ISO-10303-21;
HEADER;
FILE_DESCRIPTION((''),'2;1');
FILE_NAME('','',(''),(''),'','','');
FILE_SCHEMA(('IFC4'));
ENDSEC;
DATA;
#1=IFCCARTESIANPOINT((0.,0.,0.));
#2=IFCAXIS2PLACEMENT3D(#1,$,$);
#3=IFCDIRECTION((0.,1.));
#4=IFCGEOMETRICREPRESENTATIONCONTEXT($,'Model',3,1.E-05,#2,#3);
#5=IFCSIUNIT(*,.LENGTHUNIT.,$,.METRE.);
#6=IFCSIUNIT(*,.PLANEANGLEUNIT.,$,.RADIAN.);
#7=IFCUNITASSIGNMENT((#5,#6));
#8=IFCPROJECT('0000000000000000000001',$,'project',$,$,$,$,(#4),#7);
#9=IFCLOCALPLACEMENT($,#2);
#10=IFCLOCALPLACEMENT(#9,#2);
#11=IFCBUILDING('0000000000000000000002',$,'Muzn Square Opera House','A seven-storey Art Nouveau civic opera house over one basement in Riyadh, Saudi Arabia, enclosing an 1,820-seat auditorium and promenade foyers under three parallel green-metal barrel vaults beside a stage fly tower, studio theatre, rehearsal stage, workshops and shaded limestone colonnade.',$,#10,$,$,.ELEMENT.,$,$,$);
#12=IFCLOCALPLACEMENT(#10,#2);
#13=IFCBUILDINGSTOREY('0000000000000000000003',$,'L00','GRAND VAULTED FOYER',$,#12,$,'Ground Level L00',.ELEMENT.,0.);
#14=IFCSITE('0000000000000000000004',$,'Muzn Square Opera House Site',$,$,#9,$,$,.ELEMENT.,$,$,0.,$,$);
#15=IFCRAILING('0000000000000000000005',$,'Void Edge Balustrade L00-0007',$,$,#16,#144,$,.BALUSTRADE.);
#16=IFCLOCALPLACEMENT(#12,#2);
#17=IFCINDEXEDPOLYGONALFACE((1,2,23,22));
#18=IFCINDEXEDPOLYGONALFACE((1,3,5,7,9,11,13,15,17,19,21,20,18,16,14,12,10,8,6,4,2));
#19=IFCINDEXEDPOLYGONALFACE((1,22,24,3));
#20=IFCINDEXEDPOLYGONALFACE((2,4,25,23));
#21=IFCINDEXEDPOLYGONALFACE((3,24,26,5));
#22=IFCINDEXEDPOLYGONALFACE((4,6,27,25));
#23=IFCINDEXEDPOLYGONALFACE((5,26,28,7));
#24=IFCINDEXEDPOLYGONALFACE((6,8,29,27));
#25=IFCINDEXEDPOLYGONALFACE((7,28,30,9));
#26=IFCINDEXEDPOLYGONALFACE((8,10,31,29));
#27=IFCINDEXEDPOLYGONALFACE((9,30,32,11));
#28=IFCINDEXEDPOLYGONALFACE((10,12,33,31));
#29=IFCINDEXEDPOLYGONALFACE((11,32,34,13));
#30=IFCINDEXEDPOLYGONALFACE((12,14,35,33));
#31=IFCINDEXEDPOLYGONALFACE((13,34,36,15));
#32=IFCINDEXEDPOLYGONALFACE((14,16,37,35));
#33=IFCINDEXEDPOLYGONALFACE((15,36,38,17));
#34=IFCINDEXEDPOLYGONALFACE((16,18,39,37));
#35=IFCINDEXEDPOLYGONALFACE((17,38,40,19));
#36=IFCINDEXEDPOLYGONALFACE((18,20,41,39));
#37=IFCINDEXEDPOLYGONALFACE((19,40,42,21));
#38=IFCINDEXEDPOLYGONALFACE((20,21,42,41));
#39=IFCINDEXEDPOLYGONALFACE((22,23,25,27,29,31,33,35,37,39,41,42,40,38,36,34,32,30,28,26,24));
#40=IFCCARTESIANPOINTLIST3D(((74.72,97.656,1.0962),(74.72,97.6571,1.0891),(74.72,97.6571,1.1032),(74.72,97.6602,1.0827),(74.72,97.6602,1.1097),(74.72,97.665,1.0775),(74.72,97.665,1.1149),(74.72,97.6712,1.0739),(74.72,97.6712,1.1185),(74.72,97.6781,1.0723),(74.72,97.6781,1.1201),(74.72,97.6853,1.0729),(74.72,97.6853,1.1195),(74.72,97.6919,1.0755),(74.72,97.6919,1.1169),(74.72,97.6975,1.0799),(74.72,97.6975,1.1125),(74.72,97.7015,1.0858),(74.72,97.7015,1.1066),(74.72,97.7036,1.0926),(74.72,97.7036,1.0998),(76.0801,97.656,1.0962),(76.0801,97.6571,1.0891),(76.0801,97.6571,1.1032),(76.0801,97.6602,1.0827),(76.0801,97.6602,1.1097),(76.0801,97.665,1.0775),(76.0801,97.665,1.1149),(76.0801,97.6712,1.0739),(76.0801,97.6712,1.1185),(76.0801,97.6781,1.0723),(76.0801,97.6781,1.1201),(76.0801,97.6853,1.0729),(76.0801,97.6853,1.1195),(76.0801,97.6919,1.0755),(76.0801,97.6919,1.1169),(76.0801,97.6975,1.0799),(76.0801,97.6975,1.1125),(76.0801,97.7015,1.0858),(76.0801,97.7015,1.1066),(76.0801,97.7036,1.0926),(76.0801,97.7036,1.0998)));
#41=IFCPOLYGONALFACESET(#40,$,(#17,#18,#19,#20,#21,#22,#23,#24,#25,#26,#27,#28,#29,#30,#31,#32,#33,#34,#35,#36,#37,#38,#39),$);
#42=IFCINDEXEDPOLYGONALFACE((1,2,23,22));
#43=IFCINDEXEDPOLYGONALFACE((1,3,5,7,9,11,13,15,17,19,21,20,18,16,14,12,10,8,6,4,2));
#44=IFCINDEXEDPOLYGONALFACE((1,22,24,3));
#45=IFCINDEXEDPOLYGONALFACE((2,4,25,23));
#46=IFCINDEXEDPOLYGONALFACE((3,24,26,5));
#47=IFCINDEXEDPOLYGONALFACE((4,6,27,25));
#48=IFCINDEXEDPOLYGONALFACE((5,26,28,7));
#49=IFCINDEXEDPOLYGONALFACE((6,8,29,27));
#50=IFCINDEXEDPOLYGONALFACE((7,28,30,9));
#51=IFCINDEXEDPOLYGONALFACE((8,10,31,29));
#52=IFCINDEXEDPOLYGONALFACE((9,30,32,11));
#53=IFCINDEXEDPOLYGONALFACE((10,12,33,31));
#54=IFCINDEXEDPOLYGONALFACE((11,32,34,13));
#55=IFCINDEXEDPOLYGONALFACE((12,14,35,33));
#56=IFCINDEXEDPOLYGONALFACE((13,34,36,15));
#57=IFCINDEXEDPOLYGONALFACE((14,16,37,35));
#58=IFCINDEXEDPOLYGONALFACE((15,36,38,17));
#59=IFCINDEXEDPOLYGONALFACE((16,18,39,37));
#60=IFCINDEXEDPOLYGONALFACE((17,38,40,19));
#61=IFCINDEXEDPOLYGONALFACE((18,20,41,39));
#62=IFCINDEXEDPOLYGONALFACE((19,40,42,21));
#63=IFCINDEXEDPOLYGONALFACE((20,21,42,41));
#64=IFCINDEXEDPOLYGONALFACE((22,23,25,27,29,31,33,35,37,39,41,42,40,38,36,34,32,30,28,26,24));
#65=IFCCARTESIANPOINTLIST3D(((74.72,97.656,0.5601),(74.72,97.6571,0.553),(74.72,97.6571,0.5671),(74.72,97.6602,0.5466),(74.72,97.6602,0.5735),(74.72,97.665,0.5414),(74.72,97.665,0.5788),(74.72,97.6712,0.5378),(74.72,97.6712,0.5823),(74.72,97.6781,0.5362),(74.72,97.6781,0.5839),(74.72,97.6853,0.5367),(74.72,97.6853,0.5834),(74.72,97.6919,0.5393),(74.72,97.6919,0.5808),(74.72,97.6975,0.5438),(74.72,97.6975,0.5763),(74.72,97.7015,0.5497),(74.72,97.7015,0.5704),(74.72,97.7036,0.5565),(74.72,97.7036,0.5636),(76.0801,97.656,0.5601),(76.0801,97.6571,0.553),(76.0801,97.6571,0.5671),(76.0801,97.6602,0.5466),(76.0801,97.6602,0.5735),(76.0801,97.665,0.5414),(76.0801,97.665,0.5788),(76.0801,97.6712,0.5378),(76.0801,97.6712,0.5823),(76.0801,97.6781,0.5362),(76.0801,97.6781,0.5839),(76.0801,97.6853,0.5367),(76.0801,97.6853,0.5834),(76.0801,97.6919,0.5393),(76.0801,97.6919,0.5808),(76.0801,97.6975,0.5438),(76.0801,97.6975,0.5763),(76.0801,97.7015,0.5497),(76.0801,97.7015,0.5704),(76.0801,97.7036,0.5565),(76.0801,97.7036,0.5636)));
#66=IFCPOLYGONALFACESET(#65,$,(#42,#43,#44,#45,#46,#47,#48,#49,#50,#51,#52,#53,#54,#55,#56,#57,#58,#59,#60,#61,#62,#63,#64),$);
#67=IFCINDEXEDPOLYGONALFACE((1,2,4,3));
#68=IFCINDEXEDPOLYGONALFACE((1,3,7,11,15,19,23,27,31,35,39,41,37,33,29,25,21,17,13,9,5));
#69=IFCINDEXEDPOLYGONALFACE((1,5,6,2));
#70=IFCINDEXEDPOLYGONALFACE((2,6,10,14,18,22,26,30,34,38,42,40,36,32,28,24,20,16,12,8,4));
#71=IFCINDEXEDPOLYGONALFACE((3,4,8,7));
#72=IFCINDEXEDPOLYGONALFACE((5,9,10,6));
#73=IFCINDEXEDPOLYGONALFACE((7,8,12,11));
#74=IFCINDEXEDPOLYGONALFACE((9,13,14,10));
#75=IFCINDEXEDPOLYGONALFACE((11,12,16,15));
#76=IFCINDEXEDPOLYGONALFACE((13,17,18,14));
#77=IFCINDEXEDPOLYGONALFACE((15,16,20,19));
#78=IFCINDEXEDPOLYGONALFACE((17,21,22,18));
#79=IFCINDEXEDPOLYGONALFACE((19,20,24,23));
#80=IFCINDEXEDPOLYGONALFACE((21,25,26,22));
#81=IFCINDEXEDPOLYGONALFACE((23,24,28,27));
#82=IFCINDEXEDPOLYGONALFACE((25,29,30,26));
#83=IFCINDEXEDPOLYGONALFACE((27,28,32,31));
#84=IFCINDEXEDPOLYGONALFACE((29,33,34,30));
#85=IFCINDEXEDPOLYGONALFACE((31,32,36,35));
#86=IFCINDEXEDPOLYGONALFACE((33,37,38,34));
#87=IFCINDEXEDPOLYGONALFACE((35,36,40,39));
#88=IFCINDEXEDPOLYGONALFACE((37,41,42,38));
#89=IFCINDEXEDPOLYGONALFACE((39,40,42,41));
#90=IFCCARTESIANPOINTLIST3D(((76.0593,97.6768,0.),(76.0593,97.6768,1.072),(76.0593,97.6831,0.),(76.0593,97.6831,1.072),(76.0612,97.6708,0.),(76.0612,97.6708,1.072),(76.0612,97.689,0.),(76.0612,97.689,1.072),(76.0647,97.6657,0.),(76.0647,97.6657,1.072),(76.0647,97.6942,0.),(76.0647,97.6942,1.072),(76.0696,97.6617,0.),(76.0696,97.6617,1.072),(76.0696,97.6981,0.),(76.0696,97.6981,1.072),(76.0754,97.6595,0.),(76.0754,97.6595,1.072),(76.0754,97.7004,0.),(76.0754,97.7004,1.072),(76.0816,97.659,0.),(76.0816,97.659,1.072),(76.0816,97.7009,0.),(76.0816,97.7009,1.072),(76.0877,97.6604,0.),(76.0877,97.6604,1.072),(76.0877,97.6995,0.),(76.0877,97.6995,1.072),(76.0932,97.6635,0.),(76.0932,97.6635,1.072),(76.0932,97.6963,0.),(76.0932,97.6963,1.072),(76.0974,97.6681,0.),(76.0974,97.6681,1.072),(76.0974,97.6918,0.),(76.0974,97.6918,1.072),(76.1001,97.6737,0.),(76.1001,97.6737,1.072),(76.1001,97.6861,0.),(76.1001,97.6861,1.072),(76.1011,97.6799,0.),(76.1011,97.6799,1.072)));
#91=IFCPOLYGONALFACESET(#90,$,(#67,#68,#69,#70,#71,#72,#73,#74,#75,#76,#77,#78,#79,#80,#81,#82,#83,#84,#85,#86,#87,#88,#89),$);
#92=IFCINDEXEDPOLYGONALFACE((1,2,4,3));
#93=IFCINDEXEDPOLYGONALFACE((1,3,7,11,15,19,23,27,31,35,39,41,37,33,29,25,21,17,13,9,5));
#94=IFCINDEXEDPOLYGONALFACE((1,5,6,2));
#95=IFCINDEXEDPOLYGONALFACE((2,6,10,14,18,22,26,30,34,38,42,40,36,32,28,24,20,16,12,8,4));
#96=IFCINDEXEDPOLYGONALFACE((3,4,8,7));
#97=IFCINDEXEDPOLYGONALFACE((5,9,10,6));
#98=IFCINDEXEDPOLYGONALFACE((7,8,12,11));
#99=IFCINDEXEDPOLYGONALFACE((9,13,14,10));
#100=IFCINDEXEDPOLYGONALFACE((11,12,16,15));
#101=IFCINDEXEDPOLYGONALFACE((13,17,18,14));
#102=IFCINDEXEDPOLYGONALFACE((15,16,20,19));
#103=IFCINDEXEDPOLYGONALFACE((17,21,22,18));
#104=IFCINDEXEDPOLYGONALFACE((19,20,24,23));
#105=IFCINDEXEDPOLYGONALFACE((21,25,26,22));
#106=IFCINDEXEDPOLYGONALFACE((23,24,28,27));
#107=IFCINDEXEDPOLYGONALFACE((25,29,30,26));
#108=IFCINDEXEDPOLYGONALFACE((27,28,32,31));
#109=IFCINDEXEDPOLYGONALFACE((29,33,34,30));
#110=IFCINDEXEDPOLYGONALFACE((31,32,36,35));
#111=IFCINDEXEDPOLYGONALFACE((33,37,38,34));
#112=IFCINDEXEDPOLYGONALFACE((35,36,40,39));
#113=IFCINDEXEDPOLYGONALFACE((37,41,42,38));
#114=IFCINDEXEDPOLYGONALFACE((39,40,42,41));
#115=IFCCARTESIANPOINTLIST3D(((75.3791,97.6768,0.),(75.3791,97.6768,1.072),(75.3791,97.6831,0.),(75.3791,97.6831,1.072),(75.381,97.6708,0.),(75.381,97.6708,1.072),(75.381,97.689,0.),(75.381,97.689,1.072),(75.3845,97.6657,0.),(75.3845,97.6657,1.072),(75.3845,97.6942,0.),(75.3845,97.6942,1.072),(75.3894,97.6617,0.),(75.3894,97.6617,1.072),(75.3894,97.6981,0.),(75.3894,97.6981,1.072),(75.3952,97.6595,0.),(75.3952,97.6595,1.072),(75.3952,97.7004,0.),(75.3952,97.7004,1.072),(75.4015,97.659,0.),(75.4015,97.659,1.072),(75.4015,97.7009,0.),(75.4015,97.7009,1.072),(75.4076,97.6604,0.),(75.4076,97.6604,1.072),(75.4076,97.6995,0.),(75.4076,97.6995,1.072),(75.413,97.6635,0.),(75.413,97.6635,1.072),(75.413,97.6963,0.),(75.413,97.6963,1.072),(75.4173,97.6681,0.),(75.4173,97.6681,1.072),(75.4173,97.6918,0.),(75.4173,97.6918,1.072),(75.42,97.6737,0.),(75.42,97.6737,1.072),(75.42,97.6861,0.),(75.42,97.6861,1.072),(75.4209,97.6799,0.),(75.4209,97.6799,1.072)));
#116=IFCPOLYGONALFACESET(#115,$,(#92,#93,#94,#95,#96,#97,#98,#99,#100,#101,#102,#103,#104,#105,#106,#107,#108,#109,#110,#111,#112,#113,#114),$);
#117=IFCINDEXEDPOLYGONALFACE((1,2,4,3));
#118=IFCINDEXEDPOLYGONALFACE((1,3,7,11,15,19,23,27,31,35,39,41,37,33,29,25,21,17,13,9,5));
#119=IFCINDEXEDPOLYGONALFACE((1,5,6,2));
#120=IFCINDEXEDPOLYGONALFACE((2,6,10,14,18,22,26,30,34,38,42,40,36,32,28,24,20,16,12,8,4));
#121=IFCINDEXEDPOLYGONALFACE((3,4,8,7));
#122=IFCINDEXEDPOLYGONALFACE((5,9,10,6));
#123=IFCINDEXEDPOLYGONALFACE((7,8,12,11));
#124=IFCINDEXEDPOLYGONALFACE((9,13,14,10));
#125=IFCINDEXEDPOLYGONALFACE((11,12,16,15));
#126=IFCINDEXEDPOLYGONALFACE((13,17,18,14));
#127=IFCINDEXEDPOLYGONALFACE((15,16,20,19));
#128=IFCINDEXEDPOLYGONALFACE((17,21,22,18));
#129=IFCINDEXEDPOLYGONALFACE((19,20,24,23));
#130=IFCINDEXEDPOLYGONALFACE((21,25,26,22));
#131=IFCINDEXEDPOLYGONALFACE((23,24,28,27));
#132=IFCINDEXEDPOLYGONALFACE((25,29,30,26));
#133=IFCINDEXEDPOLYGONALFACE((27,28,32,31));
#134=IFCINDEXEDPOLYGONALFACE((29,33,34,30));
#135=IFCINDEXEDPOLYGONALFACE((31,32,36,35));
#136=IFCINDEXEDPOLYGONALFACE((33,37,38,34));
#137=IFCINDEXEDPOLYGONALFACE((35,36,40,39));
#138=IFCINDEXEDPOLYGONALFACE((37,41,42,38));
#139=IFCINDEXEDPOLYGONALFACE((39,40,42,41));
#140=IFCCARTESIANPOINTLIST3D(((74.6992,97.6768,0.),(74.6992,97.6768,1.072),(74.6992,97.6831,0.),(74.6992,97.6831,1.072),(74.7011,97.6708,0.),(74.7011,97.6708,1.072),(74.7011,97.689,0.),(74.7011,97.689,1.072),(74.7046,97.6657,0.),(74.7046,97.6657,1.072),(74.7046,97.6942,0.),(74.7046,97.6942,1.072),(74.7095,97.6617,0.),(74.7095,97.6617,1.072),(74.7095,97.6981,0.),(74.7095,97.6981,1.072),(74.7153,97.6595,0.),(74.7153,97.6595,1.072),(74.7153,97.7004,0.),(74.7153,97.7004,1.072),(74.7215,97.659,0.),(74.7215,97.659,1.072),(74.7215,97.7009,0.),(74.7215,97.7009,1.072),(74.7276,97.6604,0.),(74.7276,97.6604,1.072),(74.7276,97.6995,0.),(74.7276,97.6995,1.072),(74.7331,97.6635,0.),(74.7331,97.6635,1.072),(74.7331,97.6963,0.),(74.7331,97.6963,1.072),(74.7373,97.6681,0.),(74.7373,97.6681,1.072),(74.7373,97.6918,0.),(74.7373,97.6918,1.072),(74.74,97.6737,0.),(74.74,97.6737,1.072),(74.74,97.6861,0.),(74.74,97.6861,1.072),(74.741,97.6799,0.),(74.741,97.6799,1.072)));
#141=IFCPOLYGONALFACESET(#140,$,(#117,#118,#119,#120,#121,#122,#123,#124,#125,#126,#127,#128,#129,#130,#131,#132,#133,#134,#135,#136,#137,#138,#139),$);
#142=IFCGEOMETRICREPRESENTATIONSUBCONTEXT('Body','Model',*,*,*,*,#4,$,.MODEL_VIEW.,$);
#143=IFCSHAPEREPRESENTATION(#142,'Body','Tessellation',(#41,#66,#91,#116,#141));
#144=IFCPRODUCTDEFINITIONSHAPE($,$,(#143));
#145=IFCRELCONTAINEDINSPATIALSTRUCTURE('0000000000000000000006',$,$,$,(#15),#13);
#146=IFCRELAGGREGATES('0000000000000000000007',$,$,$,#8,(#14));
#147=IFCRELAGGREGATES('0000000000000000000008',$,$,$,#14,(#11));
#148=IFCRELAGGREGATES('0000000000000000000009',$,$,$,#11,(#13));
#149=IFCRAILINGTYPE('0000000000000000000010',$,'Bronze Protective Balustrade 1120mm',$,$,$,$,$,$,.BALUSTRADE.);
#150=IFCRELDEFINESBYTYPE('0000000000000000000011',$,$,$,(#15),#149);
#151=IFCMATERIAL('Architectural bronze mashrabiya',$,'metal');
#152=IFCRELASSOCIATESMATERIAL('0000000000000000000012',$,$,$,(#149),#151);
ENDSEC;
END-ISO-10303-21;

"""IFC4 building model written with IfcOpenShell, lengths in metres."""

from ifc_helpers import new_model, si_unit, direction, frame, origin, origin_2d, place, context, subcontext, project, spatial, circle, extrude, material, type_object, element, save


model = new_model("IFC4")

# Units and contexts
model_context = context("Model", 3, precision=1e-05, world=origin(), true_north=direction((0.0, 1.0)))
body_context = subcontext(model_context, "Body", "Model", "MODEL_VIEW")
ifc_project = project(units=[si_unit("LENGTHUNIT", "METRE"), si_unit("PLANEANGLEUNIT", "RADIAN")], contexts=[model_context])

# Site, building, storey
site_placement = place(None, origin())
site = spatial("IfcSite", under=ifc_project, at=site_placement, Name="Muzn Square Opera House Site", CompositionType="ELEMENT", RefElevation=0.0)
building_placement = place(site_placement, origin())
building = spatial("IfcBuilding", under=site, at=building_placement, Name="Muzn Square Opera House", Description="A seven-storey Art Nouveau civic opera house over one basement in Riyadh, Saudi Arabia, enclosing an 1,820-seat auditorium and promenade foyers under three parallel green-metal barrel vaults beside a stage fly tower, studio theatre, rehearsal stage, workshops and shaded limestone colonnade.", CompositionType="ELEMENT")
storey_placement = place(building_placement, origin())
storey = spatial("IfcBuildingStorey", under=building, at=storey_placement, Name="L00", Description="GRAND VAULTED FOYER", LongName="Ground Level L00", CompositionType="ELEMENT", Elevation=0.0)

# Railing
ifc_material_1 = material(Name="Architectural bronze mashrabiya", Category="metal")
railing_type_1 = type_object("IfcRailingType", Name="Bronze Protective Balustrade 1120mm", PredefinedType="BALUSTRADE", material=ifc_material_1)
railing_1_placement = place(storey_placement, frame((76.0801, 97.6799, 0.0)))
element("IfcRailing", 1, at=railing_1_placement, inside=storey, type_object=railing_type_1, Name="Void Edge Balustrade L00-0007", PredefinedType="BALUSTRADE", context=body_context, shape_type="SweptSolid", body=[
    extrude(circle(Radius=0.0239, at=origin_2d()), frame((0.0, 0.0, 1.0962), z_axis=(-1.0, 0.0, 0.0), x_axis=(0.0, -1.0, 0.0)), (0.0, 0.0, 1.0), 1.3601),
    extrude(circle(Radius=0.0239, at=origin_2d()), frame((0.0, 0.0, 0.5601), z_axis=(-1.0, 0.0, 0.0), x_axis=(0.0, -1.0, 0.0)), (0.0, 0.0, 1.0), 1.3601),
    extrude(circle(Radius=0.021, at=origin_2d()), origin(), (0.0, 0.0, 1.0), 1.072),
    extrude(circle(Radius=0.021, at=origin_2d()), frame((-0.6802, 0.0, 0.0)), (0.0, 0.0, 1.0), 1.072),
    extrude(circle(Radius=0.021, at=origin_2d()), frame((-1.3601, 0.0, 0.0)), (0.0, 0.0, 1.0), 1.072),
])

save(model, "model.ifc")
